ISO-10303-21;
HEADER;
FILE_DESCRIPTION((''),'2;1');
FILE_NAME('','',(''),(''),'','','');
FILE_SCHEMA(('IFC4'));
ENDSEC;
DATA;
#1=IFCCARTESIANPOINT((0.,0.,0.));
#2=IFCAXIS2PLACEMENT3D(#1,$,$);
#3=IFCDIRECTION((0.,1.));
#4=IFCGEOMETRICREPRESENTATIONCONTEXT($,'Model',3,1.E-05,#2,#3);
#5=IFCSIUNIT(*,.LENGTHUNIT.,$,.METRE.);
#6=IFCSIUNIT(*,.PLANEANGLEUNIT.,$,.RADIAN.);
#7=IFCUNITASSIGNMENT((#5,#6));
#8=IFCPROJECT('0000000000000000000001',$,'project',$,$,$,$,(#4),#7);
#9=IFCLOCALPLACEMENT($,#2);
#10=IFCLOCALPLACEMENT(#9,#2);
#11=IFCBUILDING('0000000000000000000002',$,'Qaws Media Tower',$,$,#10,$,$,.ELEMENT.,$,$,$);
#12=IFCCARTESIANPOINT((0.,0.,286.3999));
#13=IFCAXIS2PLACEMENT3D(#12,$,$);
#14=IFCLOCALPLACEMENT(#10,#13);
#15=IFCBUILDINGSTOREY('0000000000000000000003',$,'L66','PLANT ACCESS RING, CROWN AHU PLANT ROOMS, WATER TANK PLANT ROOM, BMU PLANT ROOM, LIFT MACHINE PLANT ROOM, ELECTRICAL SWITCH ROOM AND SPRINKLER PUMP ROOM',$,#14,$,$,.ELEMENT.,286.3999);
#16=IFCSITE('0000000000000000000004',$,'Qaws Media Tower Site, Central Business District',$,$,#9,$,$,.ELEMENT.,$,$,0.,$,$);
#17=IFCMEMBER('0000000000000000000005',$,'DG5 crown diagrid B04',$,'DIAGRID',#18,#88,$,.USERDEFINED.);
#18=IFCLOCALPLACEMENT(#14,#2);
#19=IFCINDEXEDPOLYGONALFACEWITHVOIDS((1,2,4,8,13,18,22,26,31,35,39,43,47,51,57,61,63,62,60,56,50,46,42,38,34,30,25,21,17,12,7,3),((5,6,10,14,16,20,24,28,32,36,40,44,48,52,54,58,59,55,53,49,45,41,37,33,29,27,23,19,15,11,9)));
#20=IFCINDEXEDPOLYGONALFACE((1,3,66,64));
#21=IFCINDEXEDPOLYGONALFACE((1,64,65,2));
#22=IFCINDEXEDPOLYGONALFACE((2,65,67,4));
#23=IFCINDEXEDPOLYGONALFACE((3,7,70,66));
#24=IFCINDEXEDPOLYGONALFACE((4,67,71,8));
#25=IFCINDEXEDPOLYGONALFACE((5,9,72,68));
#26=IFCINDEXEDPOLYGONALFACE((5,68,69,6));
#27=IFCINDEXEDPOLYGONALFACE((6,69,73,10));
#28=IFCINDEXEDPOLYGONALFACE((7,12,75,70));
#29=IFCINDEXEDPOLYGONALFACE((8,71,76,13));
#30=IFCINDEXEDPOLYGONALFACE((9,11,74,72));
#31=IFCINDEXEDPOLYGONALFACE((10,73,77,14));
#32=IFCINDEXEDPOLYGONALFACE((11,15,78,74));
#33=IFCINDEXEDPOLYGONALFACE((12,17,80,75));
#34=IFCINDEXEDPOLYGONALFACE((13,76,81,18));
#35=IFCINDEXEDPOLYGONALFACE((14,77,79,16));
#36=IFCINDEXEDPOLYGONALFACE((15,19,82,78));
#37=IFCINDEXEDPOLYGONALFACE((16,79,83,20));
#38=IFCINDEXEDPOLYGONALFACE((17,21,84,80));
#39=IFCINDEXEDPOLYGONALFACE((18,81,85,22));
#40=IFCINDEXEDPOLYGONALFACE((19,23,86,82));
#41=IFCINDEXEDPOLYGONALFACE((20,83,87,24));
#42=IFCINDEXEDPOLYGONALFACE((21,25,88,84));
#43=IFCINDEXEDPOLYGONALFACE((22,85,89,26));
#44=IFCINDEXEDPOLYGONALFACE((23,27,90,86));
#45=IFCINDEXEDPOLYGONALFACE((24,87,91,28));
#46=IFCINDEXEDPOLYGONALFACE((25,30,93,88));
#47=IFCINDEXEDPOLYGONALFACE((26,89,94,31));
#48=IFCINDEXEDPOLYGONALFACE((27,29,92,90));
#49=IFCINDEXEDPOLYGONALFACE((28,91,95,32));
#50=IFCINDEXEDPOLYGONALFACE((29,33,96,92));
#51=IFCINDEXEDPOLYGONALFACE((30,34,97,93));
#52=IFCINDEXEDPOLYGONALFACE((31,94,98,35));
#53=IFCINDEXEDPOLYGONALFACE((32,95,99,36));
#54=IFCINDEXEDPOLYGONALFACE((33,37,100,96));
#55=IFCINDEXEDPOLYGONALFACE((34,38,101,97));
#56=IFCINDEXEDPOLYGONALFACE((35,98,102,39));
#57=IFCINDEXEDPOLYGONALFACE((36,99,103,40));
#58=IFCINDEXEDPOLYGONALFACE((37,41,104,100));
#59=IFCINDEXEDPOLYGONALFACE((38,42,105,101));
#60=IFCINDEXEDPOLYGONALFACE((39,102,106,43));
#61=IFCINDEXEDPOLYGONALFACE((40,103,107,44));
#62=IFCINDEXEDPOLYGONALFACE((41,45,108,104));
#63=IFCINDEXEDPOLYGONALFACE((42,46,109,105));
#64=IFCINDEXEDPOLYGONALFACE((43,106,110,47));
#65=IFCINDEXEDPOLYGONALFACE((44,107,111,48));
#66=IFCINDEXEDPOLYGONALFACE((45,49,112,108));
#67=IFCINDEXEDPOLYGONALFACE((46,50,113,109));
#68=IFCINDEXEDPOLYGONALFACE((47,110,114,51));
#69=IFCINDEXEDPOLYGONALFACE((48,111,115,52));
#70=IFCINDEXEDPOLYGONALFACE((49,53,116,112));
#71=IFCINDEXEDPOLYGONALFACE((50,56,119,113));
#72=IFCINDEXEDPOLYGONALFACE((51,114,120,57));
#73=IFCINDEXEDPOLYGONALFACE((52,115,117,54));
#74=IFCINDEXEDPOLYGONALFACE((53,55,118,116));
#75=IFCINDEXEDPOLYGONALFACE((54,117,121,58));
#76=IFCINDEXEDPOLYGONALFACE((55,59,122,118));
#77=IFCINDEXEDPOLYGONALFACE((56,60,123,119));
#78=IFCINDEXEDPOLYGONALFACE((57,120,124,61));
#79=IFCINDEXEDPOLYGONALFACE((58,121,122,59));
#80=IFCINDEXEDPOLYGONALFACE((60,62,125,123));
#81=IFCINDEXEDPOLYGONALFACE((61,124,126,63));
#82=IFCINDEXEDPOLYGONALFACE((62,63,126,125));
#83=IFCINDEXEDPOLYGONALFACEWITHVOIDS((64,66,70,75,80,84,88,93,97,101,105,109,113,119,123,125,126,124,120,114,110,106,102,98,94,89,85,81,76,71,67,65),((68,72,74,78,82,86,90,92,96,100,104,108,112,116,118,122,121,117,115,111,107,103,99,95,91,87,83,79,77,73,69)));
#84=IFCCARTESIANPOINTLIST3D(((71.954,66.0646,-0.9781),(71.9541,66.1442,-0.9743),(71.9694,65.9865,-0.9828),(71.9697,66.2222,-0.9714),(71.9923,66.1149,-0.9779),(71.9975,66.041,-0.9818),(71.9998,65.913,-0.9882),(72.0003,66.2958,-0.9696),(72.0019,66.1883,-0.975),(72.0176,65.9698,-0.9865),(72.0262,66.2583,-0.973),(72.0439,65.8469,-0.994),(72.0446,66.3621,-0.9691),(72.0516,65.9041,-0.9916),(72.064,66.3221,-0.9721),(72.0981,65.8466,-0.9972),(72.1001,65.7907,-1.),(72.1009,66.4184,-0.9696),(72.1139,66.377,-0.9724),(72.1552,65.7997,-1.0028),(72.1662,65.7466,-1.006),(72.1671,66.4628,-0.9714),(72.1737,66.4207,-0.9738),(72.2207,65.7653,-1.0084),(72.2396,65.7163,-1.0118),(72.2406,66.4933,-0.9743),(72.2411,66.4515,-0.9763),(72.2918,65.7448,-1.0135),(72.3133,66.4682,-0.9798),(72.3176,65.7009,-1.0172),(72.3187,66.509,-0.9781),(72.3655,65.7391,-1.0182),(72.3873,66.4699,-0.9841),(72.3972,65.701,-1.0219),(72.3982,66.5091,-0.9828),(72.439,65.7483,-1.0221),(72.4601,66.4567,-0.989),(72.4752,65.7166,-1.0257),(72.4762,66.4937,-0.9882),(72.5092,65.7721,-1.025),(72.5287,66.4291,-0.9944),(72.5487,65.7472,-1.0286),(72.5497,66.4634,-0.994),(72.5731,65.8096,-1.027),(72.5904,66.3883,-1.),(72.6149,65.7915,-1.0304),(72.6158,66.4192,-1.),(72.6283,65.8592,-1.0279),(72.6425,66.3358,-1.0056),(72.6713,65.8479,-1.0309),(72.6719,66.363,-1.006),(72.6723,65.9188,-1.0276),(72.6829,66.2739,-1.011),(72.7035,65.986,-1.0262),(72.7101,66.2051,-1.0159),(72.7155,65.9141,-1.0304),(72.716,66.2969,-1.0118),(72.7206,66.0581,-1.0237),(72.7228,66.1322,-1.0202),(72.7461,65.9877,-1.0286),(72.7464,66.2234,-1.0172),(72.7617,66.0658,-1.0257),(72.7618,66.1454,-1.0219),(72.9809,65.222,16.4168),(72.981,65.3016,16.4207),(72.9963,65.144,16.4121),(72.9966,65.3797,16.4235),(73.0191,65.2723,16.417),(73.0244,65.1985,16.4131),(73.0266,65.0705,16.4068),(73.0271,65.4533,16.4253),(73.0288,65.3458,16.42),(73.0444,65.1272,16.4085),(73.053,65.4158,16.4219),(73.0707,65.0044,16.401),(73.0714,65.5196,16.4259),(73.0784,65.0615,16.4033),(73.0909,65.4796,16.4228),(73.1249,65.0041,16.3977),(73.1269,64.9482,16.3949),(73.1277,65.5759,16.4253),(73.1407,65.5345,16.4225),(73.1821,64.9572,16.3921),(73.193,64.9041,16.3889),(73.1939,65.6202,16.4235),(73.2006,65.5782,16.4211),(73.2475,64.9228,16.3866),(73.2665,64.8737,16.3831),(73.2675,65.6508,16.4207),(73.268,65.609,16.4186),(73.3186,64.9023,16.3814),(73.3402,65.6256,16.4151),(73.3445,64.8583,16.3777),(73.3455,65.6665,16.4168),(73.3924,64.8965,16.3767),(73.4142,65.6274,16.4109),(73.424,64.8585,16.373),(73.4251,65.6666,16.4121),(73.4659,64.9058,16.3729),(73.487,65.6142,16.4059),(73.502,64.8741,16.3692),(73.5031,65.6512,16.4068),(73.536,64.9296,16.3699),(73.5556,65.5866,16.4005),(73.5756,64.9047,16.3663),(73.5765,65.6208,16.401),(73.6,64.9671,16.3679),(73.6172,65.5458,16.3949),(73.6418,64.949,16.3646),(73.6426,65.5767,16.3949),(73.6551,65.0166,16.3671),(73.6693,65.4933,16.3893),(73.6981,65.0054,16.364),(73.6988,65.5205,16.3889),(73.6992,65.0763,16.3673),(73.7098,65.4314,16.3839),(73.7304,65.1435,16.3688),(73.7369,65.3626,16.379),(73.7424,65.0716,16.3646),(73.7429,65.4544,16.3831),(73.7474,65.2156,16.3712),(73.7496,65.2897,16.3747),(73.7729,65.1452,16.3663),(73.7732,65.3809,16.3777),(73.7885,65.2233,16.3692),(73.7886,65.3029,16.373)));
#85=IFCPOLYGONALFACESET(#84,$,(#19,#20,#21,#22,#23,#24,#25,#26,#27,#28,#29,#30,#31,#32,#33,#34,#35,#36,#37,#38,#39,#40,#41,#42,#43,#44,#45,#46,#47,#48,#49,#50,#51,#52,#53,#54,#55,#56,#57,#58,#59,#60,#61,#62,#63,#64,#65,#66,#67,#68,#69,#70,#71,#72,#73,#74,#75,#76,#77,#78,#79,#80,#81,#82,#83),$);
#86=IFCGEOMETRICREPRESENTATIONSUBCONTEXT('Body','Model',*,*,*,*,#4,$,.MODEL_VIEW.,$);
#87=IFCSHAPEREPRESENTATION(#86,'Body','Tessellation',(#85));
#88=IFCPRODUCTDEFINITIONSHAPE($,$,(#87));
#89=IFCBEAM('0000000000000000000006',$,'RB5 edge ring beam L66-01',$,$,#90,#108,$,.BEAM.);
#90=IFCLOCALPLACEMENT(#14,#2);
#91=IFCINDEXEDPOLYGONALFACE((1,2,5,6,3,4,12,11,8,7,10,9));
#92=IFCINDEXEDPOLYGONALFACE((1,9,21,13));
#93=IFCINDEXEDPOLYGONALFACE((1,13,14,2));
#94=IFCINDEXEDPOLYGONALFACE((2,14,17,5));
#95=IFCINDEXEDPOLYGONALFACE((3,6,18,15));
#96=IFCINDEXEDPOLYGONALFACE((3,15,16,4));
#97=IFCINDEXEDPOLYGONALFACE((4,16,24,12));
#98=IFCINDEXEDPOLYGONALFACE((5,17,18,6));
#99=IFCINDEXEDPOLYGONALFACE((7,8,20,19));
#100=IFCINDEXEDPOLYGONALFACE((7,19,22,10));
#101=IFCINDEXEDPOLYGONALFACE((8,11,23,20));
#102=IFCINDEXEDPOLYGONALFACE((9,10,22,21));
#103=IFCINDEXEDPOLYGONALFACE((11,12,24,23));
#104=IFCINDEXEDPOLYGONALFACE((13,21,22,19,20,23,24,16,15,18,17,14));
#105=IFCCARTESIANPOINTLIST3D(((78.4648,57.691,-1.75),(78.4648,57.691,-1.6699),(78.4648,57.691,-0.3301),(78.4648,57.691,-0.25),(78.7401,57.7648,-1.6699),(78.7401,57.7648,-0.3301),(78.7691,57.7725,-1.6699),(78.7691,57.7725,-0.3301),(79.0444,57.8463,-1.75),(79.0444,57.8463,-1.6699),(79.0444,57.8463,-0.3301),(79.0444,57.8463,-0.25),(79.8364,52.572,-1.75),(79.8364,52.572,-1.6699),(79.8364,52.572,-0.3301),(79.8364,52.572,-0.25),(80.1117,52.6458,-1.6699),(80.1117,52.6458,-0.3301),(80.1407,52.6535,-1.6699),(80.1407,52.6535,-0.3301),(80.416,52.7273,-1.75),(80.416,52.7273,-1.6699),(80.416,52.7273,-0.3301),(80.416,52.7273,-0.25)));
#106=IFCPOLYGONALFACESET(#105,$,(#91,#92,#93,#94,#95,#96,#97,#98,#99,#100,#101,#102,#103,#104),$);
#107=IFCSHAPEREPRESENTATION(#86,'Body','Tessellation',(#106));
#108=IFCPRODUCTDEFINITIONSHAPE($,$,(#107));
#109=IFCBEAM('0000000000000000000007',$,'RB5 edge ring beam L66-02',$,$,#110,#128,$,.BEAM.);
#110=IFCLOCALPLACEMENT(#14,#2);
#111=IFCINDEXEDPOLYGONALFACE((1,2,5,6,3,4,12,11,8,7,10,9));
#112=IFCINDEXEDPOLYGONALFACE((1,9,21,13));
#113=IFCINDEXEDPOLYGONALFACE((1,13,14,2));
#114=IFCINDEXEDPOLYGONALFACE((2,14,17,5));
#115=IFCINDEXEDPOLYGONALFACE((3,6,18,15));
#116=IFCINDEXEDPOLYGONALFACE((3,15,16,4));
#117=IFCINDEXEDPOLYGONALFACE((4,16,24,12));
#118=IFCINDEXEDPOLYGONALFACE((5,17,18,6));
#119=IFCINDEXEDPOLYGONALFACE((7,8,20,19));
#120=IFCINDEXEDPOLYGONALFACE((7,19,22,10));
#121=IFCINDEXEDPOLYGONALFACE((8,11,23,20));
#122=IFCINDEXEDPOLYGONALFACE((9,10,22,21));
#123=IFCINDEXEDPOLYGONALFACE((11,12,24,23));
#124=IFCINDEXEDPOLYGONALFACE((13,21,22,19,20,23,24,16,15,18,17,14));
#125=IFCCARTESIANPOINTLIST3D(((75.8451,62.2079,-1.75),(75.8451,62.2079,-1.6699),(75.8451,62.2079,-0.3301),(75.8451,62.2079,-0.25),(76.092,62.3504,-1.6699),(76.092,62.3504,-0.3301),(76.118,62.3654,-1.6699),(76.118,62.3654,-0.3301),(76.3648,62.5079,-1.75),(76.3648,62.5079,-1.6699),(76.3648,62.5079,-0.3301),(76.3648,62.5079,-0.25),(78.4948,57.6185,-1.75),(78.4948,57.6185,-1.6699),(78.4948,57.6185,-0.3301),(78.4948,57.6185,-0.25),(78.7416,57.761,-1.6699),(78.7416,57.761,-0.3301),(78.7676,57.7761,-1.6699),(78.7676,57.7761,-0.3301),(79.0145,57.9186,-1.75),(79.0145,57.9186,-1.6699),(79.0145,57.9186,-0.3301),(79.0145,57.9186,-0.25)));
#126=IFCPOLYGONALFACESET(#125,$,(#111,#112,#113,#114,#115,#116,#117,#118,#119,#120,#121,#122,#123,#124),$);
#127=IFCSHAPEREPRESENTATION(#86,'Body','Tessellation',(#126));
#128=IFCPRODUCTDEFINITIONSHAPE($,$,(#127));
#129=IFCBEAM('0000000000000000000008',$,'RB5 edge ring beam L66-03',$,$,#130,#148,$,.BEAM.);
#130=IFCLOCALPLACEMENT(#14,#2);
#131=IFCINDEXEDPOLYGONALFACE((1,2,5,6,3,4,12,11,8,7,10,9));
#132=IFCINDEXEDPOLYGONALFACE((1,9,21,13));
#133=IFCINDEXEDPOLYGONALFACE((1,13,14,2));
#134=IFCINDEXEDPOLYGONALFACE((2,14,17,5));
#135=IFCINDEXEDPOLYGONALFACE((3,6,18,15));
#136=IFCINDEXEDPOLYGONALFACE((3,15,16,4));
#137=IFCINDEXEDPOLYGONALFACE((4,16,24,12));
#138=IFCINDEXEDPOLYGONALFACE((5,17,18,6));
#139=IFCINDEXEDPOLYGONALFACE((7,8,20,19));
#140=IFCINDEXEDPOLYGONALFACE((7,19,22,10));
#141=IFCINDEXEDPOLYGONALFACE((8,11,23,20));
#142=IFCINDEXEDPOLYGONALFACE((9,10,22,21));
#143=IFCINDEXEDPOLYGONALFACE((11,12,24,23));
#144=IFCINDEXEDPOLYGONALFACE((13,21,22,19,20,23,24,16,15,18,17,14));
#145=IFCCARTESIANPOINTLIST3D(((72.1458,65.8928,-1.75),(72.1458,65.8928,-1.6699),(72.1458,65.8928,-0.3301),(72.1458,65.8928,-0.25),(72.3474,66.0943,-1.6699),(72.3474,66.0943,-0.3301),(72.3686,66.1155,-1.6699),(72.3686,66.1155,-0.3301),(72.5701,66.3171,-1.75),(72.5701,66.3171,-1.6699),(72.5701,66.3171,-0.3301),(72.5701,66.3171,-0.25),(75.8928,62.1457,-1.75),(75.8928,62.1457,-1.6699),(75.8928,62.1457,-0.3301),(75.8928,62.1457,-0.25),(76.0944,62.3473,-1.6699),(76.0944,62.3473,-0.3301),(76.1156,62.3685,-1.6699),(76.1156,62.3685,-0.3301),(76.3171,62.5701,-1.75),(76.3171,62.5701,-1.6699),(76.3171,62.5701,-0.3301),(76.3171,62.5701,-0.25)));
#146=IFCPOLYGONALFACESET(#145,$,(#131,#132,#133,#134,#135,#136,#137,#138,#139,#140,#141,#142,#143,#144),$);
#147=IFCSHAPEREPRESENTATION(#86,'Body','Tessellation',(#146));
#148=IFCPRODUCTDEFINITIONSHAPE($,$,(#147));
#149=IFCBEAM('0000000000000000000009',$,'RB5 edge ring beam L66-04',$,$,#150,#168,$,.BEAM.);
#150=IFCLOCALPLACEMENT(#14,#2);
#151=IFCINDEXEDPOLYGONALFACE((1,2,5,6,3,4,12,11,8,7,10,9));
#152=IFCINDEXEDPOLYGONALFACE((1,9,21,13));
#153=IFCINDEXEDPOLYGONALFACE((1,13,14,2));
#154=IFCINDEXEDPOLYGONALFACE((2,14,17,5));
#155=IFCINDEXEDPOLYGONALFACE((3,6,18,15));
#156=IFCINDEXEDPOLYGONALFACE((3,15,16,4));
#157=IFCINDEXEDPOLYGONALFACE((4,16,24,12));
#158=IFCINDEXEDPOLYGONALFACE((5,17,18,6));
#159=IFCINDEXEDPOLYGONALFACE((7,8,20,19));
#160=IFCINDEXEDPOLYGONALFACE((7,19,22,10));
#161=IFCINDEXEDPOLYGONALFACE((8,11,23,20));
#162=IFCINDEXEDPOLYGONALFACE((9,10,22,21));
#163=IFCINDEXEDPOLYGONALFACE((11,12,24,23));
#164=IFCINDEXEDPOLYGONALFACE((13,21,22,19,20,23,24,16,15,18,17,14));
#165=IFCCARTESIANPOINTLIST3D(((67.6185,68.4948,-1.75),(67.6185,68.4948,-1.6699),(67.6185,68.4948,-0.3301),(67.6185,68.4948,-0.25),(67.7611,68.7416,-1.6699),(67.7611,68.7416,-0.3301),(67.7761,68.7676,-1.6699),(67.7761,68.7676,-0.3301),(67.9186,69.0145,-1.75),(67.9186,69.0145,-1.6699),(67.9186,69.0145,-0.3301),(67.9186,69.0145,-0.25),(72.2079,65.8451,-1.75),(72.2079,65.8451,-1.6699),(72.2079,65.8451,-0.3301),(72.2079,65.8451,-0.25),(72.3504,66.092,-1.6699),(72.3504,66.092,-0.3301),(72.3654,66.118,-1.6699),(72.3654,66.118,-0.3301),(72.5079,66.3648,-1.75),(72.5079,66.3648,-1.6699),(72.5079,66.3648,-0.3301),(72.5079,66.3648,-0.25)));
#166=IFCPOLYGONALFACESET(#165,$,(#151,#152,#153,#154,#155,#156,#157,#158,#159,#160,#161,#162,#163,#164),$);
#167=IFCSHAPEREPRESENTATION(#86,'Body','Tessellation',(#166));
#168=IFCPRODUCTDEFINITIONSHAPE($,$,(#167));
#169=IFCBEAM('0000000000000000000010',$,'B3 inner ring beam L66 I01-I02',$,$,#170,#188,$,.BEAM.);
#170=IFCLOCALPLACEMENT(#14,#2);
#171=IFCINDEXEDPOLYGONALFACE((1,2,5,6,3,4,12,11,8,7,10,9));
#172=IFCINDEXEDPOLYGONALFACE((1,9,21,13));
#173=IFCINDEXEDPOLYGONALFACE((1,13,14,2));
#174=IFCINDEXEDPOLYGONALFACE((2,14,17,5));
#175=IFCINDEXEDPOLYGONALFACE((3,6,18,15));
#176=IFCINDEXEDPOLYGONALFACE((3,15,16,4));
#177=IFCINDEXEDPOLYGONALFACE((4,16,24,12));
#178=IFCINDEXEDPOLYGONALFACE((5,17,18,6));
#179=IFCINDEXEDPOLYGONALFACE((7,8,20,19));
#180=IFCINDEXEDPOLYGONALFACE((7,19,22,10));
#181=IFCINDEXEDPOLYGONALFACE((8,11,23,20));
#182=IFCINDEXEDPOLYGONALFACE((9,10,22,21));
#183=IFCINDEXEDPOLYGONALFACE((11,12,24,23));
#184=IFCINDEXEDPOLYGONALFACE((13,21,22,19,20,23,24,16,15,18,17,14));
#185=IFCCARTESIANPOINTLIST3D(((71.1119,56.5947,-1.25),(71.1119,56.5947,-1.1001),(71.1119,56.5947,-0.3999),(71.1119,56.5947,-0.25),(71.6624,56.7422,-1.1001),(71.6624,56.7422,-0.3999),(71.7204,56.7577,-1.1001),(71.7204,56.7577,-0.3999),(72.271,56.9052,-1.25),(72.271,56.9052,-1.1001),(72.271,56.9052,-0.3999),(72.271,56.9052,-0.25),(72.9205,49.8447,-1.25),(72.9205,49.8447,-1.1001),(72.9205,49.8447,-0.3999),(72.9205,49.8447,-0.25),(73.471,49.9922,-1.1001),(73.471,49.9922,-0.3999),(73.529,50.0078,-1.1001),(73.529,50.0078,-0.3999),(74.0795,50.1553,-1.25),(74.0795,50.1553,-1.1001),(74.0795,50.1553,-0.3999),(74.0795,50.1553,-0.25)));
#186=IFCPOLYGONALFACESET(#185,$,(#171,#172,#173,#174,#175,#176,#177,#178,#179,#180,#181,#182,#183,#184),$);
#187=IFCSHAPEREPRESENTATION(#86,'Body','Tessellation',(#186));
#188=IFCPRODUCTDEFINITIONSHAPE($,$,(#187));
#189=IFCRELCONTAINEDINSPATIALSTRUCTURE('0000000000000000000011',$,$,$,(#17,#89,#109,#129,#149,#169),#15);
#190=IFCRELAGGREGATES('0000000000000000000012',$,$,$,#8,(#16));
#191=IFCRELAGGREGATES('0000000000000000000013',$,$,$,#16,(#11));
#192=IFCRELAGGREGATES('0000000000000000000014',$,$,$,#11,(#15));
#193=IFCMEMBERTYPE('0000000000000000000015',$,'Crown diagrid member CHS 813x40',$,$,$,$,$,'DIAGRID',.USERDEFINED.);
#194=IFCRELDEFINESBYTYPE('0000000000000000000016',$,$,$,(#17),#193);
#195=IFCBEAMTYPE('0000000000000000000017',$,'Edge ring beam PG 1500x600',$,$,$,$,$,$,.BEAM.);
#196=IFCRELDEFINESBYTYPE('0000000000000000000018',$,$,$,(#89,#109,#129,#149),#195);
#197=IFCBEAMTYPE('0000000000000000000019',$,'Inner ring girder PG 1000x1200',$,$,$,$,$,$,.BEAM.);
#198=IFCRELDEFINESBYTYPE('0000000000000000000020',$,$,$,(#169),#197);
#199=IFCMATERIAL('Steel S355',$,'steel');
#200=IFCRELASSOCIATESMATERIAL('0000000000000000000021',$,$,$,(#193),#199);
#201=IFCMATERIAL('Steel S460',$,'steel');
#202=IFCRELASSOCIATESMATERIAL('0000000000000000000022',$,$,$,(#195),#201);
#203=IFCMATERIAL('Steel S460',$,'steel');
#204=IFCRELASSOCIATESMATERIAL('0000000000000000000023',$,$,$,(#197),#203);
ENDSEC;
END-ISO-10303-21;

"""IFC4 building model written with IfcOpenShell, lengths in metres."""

from ifc_helpers import new_model, si_unit, direction, frame, origin, origin_2d, place, context, subcontext, project, spatial, hollow_circle, i_section, extrude, material, material_profile, profile_set, type_object, element, save


model = new_model("IFC4")

# Units and contexts
model_context = context("Model", 3, precision=1e-05, world=origin(), true_north=direction((0.0, 1.0)))
body_context = subcontext(model_context, "Body", "Model", "MODEL_VIEW")
ifc_project = project(units=[si_unit("LENGTHUNIT", "METRE"), si_unit("PLANEANGLEUNIT", "RADIAN")], contexts=[model_context])

# Site, building, storey
site_placement = place(None, origin())
site = spatial("IfcSite", under=ifc_project, at=site_placement, Name="Qaws Media Tower Site, Central Business District", CompositionType="ELEMENT", RefElevation=0.0)
building_placement = place(site_placement, origin())
building = spatial("IfcBuilding", under=site, at=building_placement, Name="Qaws Media Tower", CompositionType="ELEMENT")
storey_placement = place(building_placement, frame((0.0, 0.0, 286.3999)))
storey = spatial("IfcBuildingStorey", under=building, at=storey_placement, Name="L66", Description="PLANT ACCESS RING, CROWN AHU PLANT ROOMS, WATER TANK PLANT ROOM, BMU PLANT ROOM, LIFT MACHINE PLANT ROOM, ELECTRICAL SWITCH ROOM AND SPRINKLER PUMP ROOM", CompositionType="ELEMENT", Elevation=286.3999)

# Member
ifc_material_1 = material(Name="Steel S355", Category="steel")
ifc_material_profile_1 = material_profile(ifc_material_1, hollow_circle(Radius=0.4065, WallThickness=0.04, at=origin_2d()), Name="CHS 813x40")
ifc_profile_set_1 = profile_set([ifc_material_profile_1], Name="Steel S355")
member_type = type_object("IfcMemberType", Name="Crown diagrid member CHS 813x40", ElementType="DIAGRID", PredefinedType="USERDEFINED", material=ifc_profile_set_1)
member_1_placement = place(storey_placement, frame((72.3579, 66.105, -1.0), z_axis=(0.05886, -0.048294, 0.997097), x_axis=(0.634308, 0.77308, 0.0)))
element("IfcMember", 1, at=member_1_placement, inside=storey, type_object=member_type, Name="DG5 crown diagrid B04", ObjectType="DIAGRID", PredefinedType="USERDEFINED", context=body_context, shape_type="SweptSolid", body=[
    extrude(hollow_circle(Radius=0.4065, WallThickness=0.04, at=origin_2d()), origin(), (0.0, 0.0, 1.0), 17.4456),
])

# Beams
ifc_material_2 = material(Name="Steel S460", Category="steel")
ifc_material_profile_2 = material_profile(ifc_material_2, i_section(OverallWidth=0.6001, OverallDepth=1.5, WebThickness=0.03, FlangeThickness=0.0801, at=origin_2d()), Name="PG 1500x600")
ifc_profile_set_2 = profile_set([ifc_material_profile_2], Name="Steel S460")
beam_type_1 = type_object("IfcBeamType", Name="Edge ring beam PG 1500x600", PredefinedType="BEAM", material=ifc_profile_set_2)
beam_1_placement = place(storey_placement, frame((80.1262, 52.6497, -1.0), z_axis=(-0.258815, 0.965927, 0.0), x_axis=(-0.965927, -0.258815, 0.0)))
element("IfcBeam", 2, at=beam_1_placement, inside=storey, type_object=beam_type_1, Name="RB5 edge ring beam L66-01", PredefinedType="BEAM", context=body_context, shape_type="SweptSolid", body=[
    extrude(i_section(OverallWidth=0.6001, OverallDepth=1.5, WebThickness=0.03, FlangeThickness=0.0801, at=origin_2d()), origin(), (0.0, 0.0, 1.0), 5.2996),
])
beam_2_placement = place(storey_placement, frame((78.7546, 57.7686, -1.0), z_axis=(-0.499999, 0.866026, 0.0), x_axis=(-0.866026, -0.499999, 0.0)))
element("IfcBeam", 3, at=beam_2_placement, inside=storey, type_object=beam_type_1, Name="RB5 edge ring beam L66-02", PredefinedType="BEAM", context=body_context, shape_type="SweptSolid", body=[
    extrude(i_section(OverallWidth=0.6001, OverallDepth=1.5, WebThickness=0.03, FlangeThickness=0.0801, at=origin_2d()), origin(), (0.0, 0.0, 1.0), 5.2993),
])
beam_3_placement = place(storey_placement, frame((76.105, 62.3579, -1.0), z_axis=(-0.707107, 0.707107, 0.0), x_axis=(-0.707107, -0.707107, 0.0)))
element("IfcBeam", 4, at=beam_3_placement, inside=storey, type_object=beam_type_1, Name="RB5 edge ring beam L66-03", PredefinedType="BEAM", context=body_context, shape_type="SweptSolid", body=[
    extrude(i_section(OverallWidth=0.6001, OverallDepth=1.5, WebThickness=0.03, FlangeThickness=0.0801, at=origin_2d()), origin(), (0.0, 0.0, 1.0), 5.2991),
])
beam_4_placement = place(storey_placement, frame((72.3579, 66.105, -1.0), z_axis=(-0.866026, 0.499999, 0.0), x_axis=(-0.499999, -0.866026, 0.0)))
element("IfcBeam", 5, at=beam_4_placement, inside=storey, type_object=beam_type_1, Name="RB5 edge ring beam L66-04", PredefinedType="BEAM", context=body_context, shape_type="SweptSolid", body=[
    extrude(i_section(OverallWidth=0.6001, OverallDepth=1.5, WebThickness=0.03, FlangeThickness=0.0801, at=origin_2d()), origin(), (0.0, 0.0, 1.0), 5.2993),
])
ifc_material_3 = material(Name="Steel S460", Category="steel")
ifc_material_profile_3 = material_profile(ifc_material_3, i_section(OverallWidth=1.2, OverallDepth=1.0, WebThickness=0.0601, FlangeThickness=0.1499, at=origin_2d()), Name="PG 1000x1200")
ifc_profile_set_3 = profile_set([ifc_material_profile_3], Name="Steel S460")
beam_type_2 = type_object("IfcBeamType", Name="Inner ring girder PG 1000x1200", PredefinedType="BEAM", material=ifc_profile_set_3)
beam_5_placement = place(storey_placement, frame((73.5, 50.0, -0.75), z_axis=(-0.258811, 0.965928, 0.0), x_axis=(-0.965928, -0.258811, 0.0)))
element("IfcBeam", 6, at=beam_5_placement, inside=storey, type_object=beam_type_2, Name="B3 inner ring beam L66 I01-I02", PredefinedType="BEAM", context=body_context, shape_type="SweptSolid", body=[
    extrude(i_section(OverallWidth=1.2, OverallDepth=1.0, WebThickness=0.0601, FlangeThickness=0.1499, at=origin_2d()), origin(), (0.0, 0.0, 1.0), 6.988),
])

save(model, "model.ifc")
